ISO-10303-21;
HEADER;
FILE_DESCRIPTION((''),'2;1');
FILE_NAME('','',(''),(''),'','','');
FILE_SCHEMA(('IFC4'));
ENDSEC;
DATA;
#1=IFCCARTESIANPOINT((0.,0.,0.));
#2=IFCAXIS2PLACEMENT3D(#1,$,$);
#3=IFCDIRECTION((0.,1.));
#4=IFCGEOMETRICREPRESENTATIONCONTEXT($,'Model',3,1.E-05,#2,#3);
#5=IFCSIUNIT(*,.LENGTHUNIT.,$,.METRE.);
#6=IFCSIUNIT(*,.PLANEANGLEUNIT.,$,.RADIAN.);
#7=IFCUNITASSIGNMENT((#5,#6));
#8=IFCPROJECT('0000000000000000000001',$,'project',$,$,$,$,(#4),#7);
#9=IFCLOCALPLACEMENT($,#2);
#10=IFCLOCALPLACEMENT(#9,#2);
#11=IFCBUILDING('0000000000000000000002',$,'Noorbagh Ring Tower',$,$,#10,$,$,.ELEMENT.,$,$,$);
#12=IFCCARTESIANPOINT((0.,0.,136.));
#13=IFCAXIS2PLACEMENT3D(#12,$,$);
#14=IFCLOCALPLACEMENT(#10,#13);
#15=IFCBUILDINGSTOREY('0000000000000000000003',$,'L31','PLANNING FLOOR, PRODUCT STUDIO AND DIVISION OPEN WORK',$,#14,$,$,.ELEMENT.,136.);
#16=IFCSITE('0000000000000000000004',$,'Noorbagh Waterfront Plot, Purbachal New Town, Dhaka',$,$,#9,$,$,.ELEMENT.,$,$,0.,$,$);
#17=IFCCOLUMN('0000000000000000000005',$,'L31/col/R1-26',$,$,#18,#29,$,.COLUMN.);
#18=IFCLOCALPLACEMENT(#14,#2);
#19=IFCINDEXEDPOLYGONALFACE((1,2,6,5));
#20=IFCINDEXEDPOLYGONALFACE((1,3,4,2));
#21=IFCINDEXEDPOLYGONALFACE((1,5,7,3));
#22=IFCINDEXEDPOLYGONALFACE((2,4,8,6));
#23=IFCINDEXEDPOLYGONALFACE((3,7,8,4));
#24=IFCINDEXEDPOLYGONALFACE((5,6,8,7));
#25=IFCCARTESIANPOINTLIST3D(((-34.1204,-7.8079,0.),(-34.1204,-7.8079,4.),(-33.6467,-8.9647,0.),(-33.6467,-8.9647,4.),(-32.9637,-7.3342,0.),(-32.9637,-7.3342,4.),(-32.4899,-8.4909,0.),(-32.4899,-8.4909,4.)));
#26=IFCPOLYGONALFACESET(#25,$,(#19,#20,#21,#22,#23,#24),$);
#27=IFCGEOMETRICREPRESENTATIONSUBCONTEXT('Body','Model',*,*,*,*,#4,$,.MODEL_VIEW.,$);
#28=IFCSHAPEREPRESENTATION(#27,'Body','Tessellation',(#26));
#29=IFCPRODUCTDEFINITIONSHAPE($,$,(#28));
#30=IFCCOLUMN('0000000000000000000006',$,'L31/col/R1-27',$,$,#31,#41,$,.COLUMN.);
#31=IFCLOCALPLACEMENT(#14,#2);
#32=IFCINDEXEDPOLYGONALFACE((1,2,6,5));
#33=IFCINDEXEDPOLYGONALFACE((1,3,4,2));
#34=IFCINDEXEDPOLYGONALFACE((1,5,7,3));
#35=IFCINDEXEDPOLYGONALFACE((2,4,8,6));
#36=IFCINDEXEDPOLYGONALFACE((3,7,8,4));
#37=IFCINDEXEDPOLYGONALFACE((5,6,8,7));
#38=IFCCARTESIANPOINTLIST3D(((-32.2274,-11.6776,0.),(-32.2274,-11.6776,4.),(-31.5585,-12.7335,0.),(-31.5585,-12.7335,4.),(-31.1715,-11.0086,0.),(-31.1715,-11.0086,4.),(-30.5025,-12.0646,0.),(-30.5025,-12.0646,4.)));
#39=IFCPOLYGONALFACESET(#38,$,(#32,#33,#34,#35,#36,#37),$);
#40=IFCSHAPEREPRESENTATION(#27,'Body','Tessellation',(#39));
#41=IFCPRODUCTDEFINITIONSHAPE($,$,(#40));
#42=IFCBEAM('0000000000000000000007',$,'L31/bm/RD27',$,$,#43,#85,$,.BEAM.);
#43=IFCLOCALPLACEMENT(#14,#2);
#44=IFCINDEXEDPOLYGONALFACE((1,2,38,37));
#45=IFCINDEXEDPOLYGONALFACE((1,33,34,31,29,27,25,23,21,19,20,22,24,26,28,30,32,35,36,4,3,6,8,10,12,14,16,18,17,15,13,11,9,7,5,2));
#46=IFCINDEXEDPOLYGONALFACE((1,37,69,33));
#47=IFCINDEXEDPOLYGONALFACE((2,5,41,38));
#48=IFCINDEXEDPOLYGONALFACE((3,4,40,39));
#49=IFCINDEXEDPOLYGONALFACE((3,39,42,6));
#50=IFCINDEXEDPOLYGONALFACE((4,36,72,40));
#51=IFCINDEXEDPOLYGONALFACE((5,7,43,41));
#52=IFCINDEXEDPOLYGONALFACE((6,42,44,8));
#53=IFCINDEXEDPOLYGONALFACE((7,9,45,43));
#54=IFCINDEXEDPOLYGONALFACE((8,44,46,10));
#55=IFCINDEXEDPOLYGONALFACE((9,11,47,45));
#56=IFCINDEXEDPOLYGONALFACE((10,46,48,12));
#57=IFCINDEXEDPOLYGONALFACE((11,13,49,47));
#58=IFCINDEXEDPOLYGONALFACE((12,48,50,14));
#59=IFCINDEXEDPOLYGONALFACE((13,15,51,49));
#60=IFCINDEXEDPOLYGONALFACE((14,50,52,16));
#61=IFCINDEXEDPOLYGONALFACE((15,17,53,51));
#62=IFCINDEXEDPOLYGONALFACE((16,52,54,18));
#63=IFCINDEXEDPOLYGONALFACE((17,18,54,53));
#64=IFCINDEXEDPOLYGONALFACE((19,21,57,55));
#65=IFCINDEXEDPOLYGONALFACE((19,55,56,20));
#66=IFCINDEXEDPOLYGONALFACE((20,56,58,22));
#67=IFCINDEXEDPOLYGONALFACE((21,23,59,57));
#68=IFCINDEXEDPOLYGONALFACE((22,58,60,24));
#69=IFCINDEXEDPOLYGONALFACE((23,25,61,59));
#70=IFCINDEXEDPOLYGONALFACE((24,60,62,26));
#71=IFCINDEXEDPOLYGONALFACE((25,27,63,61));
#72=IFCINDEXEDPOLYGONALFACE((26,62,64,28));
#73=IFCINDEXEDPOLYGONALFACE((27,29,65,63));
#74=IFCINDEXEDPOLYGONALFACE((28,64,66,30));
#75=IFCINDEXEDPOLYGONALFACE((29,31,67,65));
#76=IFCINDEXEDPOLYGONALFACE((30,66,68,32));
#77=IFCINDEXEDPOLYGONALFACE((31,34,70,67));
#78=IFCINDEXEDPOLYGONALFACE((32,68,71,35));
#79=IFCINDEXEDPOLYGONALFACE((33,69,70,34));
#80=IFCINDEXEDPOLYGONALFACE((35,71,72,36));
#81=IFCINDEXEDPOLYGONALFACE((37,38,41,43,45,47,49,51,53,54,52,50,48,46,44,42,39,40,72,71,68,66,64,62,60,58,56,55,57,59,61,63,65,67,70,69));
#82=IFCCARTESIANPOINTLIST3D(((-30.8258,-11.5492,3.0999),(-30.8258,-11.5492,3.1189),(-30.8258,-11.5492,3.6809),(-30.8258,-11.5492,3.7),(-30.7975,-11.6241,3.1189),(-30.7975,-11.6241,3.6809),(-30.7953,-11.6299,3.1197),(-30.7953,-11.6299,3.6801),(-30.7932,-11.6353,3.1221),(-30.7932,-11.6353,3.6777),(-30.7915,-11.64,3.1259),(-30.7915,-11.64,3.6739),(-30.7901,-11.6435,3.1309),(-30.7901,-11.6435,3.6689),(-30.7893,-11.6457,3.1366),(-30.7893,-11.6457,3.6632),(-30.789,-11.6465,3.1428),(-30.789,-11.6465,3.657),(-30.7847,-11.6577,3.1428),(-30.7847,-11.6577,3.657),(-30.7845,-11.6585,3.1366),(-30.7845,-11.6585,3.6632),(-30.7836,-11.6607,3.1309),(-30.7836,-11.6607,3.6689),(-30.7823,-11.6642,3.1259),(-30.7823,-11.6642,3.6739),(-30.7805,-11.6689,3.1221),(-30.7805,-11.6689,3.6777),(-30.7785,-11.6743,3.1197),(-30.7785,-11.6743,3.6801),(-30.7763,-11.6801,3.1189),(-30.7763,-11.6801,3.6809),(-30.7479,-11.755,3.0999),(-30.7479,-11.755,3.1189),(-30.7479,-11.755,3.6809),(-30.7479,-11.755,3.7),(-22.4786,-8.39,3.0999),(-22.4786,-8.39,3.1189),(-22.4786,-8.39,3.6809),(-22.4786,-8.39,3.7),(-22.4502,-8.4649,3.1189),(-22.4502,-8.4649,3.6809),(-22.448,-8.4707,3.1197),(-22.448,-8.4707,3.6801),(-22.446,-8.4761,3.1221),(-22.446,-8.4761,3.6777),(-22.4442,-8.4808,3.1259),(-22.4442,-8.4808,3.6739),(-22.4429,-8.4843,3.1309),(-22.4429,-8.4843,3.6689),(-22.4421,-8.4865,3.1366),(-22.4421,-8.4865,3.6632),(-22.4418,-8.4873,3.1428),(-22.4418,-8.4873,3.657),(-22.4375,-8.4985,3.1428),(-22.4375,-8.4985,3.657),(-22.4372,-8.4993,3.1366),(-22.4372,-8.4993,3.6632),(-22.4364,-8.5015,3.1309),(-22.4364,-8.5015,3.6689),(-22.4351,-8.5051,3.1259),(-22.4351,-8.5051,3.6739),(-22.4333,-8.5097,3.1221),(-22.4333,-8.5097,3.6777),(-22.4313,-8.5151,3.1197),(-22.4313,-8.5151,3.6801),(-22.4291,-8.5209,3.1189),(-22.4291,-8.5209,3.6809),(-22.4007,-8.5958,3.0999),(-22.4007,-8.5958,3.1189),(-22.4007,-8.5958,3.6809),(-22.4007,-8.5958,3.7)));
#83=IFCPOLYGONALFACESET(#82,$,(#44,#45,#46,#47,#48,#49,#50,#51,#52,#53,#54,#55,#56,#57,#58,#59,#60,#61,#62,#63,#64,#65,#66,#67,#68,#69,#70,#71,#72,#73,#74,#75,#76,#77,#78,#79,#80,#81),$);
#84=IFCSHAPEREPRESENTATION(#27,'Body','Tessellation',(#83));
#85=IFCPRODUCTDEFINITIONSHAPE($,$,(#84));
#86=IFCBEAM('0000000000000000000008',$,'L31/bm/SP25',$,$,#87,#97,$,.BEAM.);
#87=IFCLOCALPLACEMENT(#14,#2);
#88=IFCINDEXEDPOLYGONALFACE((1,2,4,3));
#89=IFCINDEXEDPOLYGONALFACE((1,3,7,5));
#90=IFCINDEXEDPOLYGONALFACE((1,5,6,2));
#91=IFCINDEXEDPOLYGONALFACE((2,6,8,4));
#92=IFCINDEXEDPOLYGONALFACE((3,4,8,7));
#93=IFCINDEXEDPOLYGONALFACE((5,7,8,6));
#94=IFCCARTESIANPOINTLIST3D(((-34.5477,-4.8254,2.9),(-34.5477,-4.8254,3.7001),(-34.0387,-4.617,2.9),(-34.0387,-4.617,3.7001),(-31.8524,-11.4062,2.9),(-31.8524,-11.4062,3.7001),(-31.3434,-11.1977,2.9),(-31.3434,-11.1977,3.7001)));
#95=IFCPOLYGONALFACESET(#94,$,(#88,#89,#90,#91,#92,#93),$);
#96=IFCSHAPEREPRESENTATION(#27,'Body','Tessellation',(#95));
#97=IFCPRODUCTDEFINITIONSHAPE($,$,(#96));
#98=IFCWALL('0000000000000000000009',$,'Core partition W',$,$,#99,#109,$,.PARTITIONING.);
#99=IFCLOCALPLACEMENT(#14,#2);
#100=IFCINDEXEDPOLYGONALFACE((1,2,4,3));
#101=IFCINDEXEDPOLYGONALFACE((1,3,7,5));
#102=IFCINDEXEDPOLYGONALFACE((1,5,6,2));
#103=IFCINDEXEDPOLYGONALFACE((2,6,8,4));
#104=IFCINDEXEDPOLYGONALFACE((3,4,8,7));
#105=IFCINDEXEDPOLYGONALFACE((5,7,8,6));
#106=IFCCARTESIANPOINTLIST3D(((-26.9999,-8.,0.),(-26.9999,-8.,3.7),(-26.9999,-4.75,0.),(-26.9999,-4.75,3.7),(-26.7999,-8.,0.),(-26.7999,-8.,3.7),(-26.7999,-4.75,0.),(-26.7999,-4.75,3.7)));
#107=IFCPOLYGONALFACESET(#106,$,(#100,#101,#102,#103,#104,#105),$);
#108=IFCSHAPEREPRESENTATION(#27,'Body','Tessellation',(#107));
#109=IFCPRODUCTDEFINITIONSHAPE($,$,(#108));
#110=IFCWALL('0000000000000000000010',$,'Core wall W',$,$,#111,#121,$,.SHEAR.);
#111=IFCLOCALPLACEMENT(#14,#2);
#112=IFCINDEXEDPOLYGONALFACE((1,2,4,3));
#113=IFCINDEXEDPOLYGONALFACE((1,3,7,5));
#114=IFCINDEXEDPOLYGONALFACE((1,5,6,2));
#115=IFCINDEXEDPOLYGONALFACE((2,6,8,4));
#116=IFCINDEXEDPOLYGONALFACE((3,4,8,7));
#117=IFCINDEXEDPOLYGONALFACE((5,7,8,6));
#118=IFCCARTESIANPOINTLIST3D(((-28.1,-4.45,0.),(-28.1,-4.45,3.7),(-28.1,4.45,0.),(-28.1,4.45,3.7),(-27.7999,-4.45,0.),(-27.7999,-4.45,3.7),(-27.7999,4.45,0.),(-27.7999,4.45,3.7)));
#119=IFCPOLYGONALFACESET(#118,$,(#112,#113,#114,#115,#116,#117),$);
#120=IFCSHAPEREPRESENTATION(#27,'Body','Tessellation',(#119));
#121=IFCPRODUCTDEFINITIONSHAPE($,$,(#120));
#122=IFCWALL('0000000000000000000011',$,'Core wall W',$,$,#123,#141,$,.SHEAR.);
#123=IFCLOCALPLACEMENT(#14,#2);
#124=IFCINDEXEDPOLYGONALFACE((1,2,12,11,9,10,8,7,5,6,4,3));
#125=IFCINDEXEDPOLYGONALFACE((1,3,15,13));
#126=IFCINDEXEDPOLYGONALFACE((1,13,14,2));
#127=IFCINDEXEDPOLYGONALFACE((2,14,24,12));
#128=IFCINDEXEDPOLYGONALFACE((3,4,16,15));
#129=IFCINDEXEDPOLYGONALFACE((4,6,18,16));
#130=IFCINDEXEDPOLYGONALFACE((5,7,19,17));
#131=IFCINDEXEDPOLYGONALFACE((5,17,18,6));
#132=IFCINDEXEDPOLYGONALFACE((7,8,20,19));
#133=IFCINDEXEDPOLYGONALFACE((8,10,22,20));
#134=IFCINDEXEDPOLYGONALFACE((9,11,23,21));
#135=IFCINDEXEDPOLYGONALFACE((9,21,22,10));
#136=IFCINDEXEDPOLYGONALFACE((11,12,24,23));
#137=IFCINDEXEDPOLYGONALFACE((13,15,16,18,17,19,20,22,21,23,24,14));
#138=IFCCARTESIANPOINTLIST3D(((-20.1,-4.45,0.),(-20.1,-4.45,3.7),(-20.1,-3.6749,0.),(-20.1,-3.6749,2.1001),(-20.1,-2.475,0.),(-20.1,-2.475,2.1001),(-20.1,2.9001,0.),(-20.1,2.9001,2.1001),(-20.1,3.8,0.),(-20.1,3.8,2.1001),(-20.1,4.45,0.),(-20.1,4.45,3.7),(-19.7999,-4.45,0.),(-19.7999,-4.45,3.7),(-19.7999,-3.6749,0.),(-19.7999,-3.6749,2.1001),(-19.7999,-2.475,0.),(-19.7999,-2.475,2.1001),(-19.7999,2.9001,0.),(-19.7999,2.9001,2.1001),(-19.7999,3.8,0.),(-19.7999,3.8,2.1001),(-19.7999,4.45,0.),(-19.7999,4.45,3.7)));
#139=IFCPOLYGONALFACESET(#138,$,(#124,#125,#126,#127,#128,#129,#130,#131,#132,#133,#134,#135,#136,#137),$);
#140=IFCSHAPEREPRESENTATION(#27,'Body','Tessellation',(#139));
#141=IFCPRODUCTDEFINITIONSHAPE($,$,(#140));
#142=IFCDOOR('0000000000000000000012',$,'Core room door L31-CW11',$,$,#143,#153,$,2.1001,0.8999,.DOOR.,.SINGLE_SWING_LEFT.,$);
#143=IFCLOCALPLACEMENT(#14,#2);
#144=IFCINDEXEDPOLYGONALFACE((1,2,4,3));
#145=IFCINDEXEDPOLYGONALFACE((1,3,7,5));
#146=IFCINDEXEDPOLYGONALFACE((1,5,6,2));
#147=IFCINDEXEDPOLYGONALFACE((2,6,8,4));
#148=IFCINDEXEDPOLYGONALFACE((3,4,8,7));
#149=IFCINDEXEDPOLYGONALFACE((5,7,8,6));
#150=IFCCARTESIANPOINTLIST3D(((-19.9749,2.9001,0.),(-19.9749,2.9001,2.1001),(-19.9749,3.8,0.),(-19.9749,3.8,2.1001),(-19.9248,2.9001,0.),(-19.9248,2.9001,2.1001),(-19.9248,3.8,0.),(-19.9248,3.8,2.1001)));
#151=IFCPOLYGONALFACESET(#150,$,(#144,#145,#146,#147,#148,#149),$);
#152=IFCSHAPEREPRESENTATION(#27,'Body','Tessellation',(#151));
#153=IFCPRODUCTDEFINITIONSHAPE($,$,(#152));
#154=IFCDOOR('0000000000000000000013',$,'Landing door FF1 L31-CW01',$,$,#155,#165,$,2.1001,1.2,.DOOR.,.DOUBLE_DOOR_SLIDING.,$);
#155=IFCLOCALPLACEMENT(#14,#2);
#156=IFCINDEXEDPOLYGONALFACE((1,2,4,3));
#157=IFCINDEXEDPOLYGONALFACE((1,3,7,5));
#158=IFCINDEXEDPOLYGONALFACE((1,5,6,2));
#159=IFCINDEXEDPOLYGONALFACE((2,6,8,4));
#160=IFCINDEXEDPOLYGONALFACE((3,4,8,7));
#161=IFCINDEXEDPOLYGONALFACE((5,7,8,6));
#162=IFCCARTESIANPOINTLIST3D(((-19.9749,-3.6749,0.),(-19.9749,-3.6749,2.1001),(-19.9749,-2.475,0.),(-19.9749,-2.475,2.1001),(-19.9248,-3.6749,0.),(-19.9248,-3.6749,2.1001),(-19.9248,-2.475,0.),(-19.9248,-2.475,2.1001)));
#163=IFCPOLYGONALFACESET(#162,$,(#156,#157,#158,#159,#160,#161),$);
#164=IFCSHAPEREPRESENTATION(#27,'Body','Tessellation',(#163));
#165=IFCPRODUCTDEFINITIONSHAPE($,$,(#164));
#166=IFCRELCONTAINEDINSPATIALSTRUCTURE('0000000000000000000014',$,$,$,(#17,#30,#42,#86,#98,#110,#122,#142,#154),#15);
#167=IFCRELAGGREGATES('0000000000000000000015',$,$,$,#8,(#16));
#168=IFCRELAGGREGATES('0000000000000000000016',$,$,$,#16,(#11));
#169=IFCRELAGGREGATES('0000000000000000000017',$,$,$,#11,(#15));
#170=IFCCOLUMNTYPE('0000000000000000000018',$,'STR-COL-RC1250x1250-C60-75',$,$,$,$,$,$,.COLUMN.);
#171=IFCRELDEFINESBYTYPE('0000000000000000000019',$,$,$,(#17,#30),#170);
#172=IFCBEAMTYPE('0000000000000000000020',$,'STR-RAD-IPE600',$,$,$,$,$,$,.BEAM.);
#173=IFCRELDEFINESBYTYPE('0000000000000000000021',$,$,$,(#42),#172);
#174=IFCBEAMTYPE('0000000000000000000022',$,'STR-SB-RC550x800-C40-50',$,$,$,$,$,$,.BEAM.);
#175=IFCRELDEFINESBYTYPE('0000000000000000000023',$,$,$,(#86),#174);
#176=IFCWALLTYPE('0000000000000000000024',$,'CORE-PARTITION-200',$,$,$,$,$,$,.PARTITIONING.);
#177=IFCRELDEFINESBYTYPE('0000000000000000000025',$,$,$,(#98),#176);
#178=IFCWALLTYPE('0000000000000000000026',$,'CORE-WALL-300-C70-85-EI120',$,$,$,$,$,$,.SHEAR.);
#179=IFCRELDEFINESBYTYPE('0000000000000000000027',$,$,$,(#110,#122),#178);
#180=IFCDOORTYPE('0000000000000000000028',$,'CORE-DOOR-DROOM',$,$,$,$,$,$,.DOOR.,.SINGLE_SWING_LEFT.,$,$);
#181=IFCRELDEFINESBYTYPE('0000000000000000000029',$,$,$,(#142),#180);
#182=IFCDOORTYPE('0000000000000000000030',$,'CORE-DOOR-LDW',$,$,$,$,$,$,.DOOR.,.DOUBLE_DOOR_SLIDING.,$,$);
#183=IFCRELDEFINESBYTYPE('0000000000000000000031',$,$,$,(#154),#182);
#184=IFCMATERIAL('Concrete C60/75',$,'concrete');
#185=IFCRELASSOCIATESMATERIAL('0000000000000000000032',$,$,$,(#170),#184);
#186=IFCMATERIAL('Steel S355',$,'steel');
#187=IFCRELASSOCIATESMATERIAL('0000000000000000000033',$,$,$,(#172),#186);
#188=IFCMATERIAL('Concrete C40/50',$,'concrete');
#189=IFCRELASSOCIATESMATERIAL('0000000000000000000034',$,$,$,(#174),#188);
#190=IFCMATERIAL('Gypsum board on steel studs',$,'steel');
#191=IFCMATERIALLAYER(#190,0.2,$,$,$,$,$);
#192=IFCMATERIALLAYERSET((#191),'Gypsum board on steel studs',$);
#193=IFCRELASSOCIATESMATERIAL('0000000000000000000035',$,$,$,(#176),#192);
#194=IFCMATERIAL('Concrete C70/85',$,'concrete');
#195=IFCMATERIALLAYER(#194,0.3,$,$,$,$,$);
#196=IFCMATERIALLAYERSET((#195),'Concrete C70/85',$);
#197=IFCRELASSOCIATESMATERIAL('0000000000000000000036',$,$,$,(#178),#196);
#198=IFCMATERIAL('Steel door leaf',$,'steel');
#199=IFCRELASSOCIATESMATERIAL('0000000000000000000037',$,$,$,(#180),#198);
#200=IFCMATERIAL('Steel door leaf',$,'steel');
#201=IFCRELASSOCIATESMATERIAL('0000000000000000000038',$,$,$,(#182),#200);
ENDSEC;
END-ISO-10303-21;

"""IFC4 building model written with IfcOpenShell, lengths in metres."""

from ifc_helpers import new_model, si_unit, direction, frame, frame_2d, origin, origin_2d, place, context, subcontext, project, spatial, rectangle, i_section, extrude, material, layer, layer_set, material_profile, profile_set, type_object, element, fill, save


model = new_model("IFC4")

# Units and contexts
model_context = context("Model", 3, precision=1e-05, world=origin(), true_north=direction((0.0, 1.0)))
body_context = subcontext(model_context, "Body", "Model", "MODEL_VIEW")
ifc_project = project(units=[si_unit("LENGTHUNIT", "METRE"), si_unit("PLANEANGLEUNIT", "RADIAN")], contexts=[model_context])

# Site, building, storey
site_placement = place(None, origin())
site = spatial("IfcSite", under=ifc_project, at=site_placement, Name="Noorbagh Waterfront Plot, Purbachal New Town, Dhaka", CompositionType="ELEMENT", RefElevation=0.0)
building_placement = place(site_placement, origin())
building = spatial("IfcBuilding", under=site, at=building_placement, Name="Noorbagh Ring Tower", CompositionType="ELEMENT")
storey_placement = place(building_placement, frame((0.0, 0.0, 136.0)))
storey = spatial("IfcBuildingStorey", under=building, at=storey_placement, Name="L31", Description="PLANNING FLOOR, PRODUCT STUDIO AND DIVISION OPEN WORK", CompositionType="ELEMENT", Elevation=136.0)

# Columns
ifc_material_1 = material(Name="Concrete C60/75", Category="concrete")
ifc_material_profile_1 = material_profile(ifc_material_1, rectangle(XDim=1.25, YDim=1.25, at=origin_2d()), Name="RC1250x1250")
ifc_profile_set_1 = profile_set([ifc_material_profile_1], Name="Concrete C60/75")
column_type = type_object("IfcColumnType", Name="STR-COL-RC1250x1250-C60-75", PredefinedType="COLUMN", material=ifc_profile_set_1)
for number, where, z_axis, x_axis, name in (
    (1, (-33.3052, -8.1494, 0.0), (0.0, 0.0, 1.0), (0.378989, -0.925401, 0.0), "L31/col/R1-26"),
    (2, (-31.365, -11.8711, 0.0), (0.0, 0.0, 1.0), (0.53519, -0.844731, 0.0), "L31/col/R1-27"),
):
    element("IfcColumn", number, at=place(storey_placement, frame(where, z_axis=z_axis, x_axis=x_axis)), inside=storey, type_object=column_type, Name=name, PredefinedType="COLUMN", context=body_context, shape_type="SweptSolid", body=[
        extrude(rectangle(XDim=1.25, YDim=1.25, at=origin_2d()), origin(), (0.0, 0.0, 1.0), 4.0),
    ])

# Beams
ifc_material_2 = material(Name="Steel S355", Category="steel")
ifc_material_profile_2 = material_profile(ifc_material_2, i_section(OverallWidth=0.22, OverallDepth=0.6001, WebThickness=0.012, FlangeThickness=0.019, FilletRadius=0.0239, at=origin_2d()), Name="IPE600")
ifc_profile_set_2 = profile_set([ifc_material_profile_2], Name="Steel S355")
beam_type_1 = type_object("IfcBeamType", Name="STR-RAD-IPE600", PredefinedType="BEAM", material=ifc_profile_set_2)
beam_1_placement = place(storey_placement, frame((-30.7869, -11.6521, 3.3999), z_axis=(0.935257, 0.35397, 0.0), x_axis=(-0.35397, 0.935257, 0.0)))
element("IfcBeam", 3, at=beam_1_placement, inside=storey, type_object=beam_type_1, Name="L31/bm/RD27", PredefinedType="BEAM", context=body_context, shape_type="SweptSolid", body=[
    extrude(i_section(OverallWidth=0.22, OverallDepth=0.6001, WebThickness=0.012, FlangeThickness=0.019, FilletRadius=0.0239, at=origin_2d()), origin(), (0.0, 0.0, 1.0), 8.925),
])
ifc_material_3 = material(Name="Concrete C40/50", Category="concrete")
ifc_material_profile_3 = material_profile(ifc_material_3, rectangle(XDim=0.55, YDim=0.8, at=origin_2d()), Name="RC550x800")
ifc_profile_set_3 = profile_set([ifc_material_profile_3], Name="Concrete C40/50")
beam_type_2 = type_object("IfcBeamType", Name="STR-SB-RC550x800-C40-50", PredefinedType="BEAM", material=ifc_profile_set_3)
beam_2_placement = place(storey_placement, frame((-34.2932, -4.7212, 3.3), z_axis=(0.379014, -0.925391, 0.0), x_axis=(0.925391, 0.379014, 0.0)))
element("IfcBeam", 4, at=beam_2_placement, inside=storey, type_object=beam_type_2, Name="L31/bm/SP25", PredefinedType="BEAM", context=body_context, shape_type="SweptSolid", body=[
    extrude(rectangle(XDim=0.55, YDim=0.8, at=origin_2d()), origin(), (0.0, 0.0, 1.0), 7.1113),
])

# Walls
ifc_material_4 = material(Name="Gypsum board on steel studs", Category="steel")
ifc_layer_1 = layer(ifc_material_4, 0.2)
ifc_layer_set_1 = layer_set([ifc_layer_1], Name="Gypsum board on steel studs")
wall_type_1 = type_object("IfcWallType", Name="CORE-PARTITION-200", PredefinedType="PARTITIONING", material=ifc_layer_set_1)
wall_1_placement = place(storey_placement, frame((-26.8999, -8.0, 0.0), z_axis=(0.0, 0.0, 1.0), x_axis=(0.0, 1.0, 0.0)))
element("IfcWall", 5, at=wall_1_placement, inside=storey, type_object=wall_type_1, Name="Core partition W", PredefinedType="PARTITIONING", context=body_context, shape_type="SweptSolid", body=[
    extrude(rectangle(XDim=3.25, YDim=0.2, at=frame_2d((1.625, 0.0))), origin(), (0.0, 0.0, 1.0), 3.7),
])
ifc_material_5 = material(Name="Concrete C70/85", Category="concrete")
ifc_layer_2 = layer(ifc_material_5, 0.3)
ifc_layer_set_2 = layer_set([ifc_layer_2], Name="Concrete C70/85")
wall_type_2 = type_object("IfcWallType", Name="CORE-WALL-300-C70-85-EI120", PredefinedType="SHEAR", material=ifc_layer_set_2)
wall_2_placement = place(storey_placement, frame((-27.95, -4.45, 0.0), z_axis=(0.0, 0.0, 1.0), x_axis=(0.0, 1.0, 0.0)))
element("IfcWall", 6, at=wall_2_placement, inside=storey, type_object=wall_type_2, Name="Core wall W", PredefinedType="SHEAR", context=body_context, shape_type="SweptSolid", body=[
    extrude(rectangle(XDim=8.8999, YDim=0.3, at=frame_2d((4.45, 0.0))), origin(), (0.0, 0.0, 1.0), 3.7),
])

# Wall, openings, doors
wall_3_placement = place(storey_placement, frame((-19.95, -4.45, 0.0), z_axis=(0.0, 0.0, 1.0), x_axis=(0.0, 1.0, 0.0)))
wall_3 = element("IfcWall", 7, at=wall_3_placement, inside=storey, type_object=wall_type_2, Name="Core wall W", PredefinedType="SHEAR", context=body_context, shape_type="SweptSolid", body=[
    extrude(rectangle(XDim=8.8999, YDim=0.3, at=frame_2d((4.45, 0.0))), origin(), (0.0, 0.0, 1.0), 3.7),
])
opening_1_placement = place(wall_3_placement, frame((0.7749, 0.0, 0.0)))
opening_1 = element("IfcOpeningElement", 8, at=opening_1_placement, cuts=wall_3, PredefinedType="OPENING", context=body_context, shape_type="SweptSolid", body=[
    extrude(rectangle(XDim=1.2, YDim=2.1001, at=frame_2d((0.6001, 1.05))), frame((0.0, 0.1602, 0.0), z_axis=(0.0, -1.0, 0.0), x_axis=(1.0, 0.0, 0.0)), (0.0, 0.0, 1.0), 0.3201),
])
opening_2_placement = place(wall_3_placement, frame((7.3501, 0.0, 0.0)))
opening_2 = element("IfcOpeningElement", 9, at=opening_2_placement, cuts=wall_3, PredefinedType="OPENING", context=body_context, shape_type="SweptSolid", body=[
    extrude(rectangle(XDim=0.8999, YDim=2.1001, at=frame_2d((0.45, 1.05))), frame((0.0, 0.1602, 0.0), z_axis=(0.0, -1.0, 0.0), x_axis=(1.0, 0.0, 0.0)), (0.0, 0.0, 1.0), 0.3201),
])
ifc_material_6 = material(Name="Steel door leaf", Category="steel")
door_type_1 = type_object("IfcDoorType", Name="CORE-DOOR-DROOM", OperationType="SINGLE_SWING_LEFT", PredefinedType="DOOR", material=ifc_material_6)
door_1_placement = place(opening_2_placement, origin())
door_1 = element("IfcDoor", 10, at=door_1_placement, inside=storey, type_object=door_type_1, Name="Core room door L31-CW11", OperationType="SINGLE_SWING_LEFT", OverallHeight=2.1001, OverallWidth=0.8999, PredefinedType="DOOR", context=body_context, shape_type="SweptSolid", body=[
    extrude(rectangle(XDim=0.8999, YDim=2.1001, at=frame_2d((0.45, 1.05))), frame((0.0, 0.0249, 0.0), z_axis=(0.0, -1.0, 0.0), x_axis=(1.0, 0.0, 0.0)), (0.0, 0.0, 1.0), 0.05),
])
fill(opening_2, door_1)
ifc_material_7 = material(Name="Steel door leaf", Category="steel")
door_type_2 = type_object("IfcDoorType", Name="CORE-DOOR-LDW", OperationType="DOUBLE_DOOR_SLIDING", PredefinedType="DOOR", material=ifc_material_7)
door_2_placement = place(opening_1_placement, origin())
door_2 = element("IfcDoor", 11, at=door_2_placement, inside=storey, type_object=door_type_2, Name="Landing door FF1 L31-CW01", OperationType="DOUBLE_DOOR_SLIDING", OverallHeight=2.1001, OverallWidth=1.2, PredefinedType="DOOR", context=body_context, shape_type="SweptSolid", body=[
    extrude(rectangle(XDim=1.2, YDim=2.1001, at=frame_2d((0.6001, 1.05))), frame((0.0, 0.0249, 0.0), z_axis=(0.0, -1.0, 0.0), x_axis=(1.0, 0.0, 0.0)), (0.0, 0.0, 1.0), 0.05),
])
fill(opening_1, door_2)

save(model, "model.ifc")
